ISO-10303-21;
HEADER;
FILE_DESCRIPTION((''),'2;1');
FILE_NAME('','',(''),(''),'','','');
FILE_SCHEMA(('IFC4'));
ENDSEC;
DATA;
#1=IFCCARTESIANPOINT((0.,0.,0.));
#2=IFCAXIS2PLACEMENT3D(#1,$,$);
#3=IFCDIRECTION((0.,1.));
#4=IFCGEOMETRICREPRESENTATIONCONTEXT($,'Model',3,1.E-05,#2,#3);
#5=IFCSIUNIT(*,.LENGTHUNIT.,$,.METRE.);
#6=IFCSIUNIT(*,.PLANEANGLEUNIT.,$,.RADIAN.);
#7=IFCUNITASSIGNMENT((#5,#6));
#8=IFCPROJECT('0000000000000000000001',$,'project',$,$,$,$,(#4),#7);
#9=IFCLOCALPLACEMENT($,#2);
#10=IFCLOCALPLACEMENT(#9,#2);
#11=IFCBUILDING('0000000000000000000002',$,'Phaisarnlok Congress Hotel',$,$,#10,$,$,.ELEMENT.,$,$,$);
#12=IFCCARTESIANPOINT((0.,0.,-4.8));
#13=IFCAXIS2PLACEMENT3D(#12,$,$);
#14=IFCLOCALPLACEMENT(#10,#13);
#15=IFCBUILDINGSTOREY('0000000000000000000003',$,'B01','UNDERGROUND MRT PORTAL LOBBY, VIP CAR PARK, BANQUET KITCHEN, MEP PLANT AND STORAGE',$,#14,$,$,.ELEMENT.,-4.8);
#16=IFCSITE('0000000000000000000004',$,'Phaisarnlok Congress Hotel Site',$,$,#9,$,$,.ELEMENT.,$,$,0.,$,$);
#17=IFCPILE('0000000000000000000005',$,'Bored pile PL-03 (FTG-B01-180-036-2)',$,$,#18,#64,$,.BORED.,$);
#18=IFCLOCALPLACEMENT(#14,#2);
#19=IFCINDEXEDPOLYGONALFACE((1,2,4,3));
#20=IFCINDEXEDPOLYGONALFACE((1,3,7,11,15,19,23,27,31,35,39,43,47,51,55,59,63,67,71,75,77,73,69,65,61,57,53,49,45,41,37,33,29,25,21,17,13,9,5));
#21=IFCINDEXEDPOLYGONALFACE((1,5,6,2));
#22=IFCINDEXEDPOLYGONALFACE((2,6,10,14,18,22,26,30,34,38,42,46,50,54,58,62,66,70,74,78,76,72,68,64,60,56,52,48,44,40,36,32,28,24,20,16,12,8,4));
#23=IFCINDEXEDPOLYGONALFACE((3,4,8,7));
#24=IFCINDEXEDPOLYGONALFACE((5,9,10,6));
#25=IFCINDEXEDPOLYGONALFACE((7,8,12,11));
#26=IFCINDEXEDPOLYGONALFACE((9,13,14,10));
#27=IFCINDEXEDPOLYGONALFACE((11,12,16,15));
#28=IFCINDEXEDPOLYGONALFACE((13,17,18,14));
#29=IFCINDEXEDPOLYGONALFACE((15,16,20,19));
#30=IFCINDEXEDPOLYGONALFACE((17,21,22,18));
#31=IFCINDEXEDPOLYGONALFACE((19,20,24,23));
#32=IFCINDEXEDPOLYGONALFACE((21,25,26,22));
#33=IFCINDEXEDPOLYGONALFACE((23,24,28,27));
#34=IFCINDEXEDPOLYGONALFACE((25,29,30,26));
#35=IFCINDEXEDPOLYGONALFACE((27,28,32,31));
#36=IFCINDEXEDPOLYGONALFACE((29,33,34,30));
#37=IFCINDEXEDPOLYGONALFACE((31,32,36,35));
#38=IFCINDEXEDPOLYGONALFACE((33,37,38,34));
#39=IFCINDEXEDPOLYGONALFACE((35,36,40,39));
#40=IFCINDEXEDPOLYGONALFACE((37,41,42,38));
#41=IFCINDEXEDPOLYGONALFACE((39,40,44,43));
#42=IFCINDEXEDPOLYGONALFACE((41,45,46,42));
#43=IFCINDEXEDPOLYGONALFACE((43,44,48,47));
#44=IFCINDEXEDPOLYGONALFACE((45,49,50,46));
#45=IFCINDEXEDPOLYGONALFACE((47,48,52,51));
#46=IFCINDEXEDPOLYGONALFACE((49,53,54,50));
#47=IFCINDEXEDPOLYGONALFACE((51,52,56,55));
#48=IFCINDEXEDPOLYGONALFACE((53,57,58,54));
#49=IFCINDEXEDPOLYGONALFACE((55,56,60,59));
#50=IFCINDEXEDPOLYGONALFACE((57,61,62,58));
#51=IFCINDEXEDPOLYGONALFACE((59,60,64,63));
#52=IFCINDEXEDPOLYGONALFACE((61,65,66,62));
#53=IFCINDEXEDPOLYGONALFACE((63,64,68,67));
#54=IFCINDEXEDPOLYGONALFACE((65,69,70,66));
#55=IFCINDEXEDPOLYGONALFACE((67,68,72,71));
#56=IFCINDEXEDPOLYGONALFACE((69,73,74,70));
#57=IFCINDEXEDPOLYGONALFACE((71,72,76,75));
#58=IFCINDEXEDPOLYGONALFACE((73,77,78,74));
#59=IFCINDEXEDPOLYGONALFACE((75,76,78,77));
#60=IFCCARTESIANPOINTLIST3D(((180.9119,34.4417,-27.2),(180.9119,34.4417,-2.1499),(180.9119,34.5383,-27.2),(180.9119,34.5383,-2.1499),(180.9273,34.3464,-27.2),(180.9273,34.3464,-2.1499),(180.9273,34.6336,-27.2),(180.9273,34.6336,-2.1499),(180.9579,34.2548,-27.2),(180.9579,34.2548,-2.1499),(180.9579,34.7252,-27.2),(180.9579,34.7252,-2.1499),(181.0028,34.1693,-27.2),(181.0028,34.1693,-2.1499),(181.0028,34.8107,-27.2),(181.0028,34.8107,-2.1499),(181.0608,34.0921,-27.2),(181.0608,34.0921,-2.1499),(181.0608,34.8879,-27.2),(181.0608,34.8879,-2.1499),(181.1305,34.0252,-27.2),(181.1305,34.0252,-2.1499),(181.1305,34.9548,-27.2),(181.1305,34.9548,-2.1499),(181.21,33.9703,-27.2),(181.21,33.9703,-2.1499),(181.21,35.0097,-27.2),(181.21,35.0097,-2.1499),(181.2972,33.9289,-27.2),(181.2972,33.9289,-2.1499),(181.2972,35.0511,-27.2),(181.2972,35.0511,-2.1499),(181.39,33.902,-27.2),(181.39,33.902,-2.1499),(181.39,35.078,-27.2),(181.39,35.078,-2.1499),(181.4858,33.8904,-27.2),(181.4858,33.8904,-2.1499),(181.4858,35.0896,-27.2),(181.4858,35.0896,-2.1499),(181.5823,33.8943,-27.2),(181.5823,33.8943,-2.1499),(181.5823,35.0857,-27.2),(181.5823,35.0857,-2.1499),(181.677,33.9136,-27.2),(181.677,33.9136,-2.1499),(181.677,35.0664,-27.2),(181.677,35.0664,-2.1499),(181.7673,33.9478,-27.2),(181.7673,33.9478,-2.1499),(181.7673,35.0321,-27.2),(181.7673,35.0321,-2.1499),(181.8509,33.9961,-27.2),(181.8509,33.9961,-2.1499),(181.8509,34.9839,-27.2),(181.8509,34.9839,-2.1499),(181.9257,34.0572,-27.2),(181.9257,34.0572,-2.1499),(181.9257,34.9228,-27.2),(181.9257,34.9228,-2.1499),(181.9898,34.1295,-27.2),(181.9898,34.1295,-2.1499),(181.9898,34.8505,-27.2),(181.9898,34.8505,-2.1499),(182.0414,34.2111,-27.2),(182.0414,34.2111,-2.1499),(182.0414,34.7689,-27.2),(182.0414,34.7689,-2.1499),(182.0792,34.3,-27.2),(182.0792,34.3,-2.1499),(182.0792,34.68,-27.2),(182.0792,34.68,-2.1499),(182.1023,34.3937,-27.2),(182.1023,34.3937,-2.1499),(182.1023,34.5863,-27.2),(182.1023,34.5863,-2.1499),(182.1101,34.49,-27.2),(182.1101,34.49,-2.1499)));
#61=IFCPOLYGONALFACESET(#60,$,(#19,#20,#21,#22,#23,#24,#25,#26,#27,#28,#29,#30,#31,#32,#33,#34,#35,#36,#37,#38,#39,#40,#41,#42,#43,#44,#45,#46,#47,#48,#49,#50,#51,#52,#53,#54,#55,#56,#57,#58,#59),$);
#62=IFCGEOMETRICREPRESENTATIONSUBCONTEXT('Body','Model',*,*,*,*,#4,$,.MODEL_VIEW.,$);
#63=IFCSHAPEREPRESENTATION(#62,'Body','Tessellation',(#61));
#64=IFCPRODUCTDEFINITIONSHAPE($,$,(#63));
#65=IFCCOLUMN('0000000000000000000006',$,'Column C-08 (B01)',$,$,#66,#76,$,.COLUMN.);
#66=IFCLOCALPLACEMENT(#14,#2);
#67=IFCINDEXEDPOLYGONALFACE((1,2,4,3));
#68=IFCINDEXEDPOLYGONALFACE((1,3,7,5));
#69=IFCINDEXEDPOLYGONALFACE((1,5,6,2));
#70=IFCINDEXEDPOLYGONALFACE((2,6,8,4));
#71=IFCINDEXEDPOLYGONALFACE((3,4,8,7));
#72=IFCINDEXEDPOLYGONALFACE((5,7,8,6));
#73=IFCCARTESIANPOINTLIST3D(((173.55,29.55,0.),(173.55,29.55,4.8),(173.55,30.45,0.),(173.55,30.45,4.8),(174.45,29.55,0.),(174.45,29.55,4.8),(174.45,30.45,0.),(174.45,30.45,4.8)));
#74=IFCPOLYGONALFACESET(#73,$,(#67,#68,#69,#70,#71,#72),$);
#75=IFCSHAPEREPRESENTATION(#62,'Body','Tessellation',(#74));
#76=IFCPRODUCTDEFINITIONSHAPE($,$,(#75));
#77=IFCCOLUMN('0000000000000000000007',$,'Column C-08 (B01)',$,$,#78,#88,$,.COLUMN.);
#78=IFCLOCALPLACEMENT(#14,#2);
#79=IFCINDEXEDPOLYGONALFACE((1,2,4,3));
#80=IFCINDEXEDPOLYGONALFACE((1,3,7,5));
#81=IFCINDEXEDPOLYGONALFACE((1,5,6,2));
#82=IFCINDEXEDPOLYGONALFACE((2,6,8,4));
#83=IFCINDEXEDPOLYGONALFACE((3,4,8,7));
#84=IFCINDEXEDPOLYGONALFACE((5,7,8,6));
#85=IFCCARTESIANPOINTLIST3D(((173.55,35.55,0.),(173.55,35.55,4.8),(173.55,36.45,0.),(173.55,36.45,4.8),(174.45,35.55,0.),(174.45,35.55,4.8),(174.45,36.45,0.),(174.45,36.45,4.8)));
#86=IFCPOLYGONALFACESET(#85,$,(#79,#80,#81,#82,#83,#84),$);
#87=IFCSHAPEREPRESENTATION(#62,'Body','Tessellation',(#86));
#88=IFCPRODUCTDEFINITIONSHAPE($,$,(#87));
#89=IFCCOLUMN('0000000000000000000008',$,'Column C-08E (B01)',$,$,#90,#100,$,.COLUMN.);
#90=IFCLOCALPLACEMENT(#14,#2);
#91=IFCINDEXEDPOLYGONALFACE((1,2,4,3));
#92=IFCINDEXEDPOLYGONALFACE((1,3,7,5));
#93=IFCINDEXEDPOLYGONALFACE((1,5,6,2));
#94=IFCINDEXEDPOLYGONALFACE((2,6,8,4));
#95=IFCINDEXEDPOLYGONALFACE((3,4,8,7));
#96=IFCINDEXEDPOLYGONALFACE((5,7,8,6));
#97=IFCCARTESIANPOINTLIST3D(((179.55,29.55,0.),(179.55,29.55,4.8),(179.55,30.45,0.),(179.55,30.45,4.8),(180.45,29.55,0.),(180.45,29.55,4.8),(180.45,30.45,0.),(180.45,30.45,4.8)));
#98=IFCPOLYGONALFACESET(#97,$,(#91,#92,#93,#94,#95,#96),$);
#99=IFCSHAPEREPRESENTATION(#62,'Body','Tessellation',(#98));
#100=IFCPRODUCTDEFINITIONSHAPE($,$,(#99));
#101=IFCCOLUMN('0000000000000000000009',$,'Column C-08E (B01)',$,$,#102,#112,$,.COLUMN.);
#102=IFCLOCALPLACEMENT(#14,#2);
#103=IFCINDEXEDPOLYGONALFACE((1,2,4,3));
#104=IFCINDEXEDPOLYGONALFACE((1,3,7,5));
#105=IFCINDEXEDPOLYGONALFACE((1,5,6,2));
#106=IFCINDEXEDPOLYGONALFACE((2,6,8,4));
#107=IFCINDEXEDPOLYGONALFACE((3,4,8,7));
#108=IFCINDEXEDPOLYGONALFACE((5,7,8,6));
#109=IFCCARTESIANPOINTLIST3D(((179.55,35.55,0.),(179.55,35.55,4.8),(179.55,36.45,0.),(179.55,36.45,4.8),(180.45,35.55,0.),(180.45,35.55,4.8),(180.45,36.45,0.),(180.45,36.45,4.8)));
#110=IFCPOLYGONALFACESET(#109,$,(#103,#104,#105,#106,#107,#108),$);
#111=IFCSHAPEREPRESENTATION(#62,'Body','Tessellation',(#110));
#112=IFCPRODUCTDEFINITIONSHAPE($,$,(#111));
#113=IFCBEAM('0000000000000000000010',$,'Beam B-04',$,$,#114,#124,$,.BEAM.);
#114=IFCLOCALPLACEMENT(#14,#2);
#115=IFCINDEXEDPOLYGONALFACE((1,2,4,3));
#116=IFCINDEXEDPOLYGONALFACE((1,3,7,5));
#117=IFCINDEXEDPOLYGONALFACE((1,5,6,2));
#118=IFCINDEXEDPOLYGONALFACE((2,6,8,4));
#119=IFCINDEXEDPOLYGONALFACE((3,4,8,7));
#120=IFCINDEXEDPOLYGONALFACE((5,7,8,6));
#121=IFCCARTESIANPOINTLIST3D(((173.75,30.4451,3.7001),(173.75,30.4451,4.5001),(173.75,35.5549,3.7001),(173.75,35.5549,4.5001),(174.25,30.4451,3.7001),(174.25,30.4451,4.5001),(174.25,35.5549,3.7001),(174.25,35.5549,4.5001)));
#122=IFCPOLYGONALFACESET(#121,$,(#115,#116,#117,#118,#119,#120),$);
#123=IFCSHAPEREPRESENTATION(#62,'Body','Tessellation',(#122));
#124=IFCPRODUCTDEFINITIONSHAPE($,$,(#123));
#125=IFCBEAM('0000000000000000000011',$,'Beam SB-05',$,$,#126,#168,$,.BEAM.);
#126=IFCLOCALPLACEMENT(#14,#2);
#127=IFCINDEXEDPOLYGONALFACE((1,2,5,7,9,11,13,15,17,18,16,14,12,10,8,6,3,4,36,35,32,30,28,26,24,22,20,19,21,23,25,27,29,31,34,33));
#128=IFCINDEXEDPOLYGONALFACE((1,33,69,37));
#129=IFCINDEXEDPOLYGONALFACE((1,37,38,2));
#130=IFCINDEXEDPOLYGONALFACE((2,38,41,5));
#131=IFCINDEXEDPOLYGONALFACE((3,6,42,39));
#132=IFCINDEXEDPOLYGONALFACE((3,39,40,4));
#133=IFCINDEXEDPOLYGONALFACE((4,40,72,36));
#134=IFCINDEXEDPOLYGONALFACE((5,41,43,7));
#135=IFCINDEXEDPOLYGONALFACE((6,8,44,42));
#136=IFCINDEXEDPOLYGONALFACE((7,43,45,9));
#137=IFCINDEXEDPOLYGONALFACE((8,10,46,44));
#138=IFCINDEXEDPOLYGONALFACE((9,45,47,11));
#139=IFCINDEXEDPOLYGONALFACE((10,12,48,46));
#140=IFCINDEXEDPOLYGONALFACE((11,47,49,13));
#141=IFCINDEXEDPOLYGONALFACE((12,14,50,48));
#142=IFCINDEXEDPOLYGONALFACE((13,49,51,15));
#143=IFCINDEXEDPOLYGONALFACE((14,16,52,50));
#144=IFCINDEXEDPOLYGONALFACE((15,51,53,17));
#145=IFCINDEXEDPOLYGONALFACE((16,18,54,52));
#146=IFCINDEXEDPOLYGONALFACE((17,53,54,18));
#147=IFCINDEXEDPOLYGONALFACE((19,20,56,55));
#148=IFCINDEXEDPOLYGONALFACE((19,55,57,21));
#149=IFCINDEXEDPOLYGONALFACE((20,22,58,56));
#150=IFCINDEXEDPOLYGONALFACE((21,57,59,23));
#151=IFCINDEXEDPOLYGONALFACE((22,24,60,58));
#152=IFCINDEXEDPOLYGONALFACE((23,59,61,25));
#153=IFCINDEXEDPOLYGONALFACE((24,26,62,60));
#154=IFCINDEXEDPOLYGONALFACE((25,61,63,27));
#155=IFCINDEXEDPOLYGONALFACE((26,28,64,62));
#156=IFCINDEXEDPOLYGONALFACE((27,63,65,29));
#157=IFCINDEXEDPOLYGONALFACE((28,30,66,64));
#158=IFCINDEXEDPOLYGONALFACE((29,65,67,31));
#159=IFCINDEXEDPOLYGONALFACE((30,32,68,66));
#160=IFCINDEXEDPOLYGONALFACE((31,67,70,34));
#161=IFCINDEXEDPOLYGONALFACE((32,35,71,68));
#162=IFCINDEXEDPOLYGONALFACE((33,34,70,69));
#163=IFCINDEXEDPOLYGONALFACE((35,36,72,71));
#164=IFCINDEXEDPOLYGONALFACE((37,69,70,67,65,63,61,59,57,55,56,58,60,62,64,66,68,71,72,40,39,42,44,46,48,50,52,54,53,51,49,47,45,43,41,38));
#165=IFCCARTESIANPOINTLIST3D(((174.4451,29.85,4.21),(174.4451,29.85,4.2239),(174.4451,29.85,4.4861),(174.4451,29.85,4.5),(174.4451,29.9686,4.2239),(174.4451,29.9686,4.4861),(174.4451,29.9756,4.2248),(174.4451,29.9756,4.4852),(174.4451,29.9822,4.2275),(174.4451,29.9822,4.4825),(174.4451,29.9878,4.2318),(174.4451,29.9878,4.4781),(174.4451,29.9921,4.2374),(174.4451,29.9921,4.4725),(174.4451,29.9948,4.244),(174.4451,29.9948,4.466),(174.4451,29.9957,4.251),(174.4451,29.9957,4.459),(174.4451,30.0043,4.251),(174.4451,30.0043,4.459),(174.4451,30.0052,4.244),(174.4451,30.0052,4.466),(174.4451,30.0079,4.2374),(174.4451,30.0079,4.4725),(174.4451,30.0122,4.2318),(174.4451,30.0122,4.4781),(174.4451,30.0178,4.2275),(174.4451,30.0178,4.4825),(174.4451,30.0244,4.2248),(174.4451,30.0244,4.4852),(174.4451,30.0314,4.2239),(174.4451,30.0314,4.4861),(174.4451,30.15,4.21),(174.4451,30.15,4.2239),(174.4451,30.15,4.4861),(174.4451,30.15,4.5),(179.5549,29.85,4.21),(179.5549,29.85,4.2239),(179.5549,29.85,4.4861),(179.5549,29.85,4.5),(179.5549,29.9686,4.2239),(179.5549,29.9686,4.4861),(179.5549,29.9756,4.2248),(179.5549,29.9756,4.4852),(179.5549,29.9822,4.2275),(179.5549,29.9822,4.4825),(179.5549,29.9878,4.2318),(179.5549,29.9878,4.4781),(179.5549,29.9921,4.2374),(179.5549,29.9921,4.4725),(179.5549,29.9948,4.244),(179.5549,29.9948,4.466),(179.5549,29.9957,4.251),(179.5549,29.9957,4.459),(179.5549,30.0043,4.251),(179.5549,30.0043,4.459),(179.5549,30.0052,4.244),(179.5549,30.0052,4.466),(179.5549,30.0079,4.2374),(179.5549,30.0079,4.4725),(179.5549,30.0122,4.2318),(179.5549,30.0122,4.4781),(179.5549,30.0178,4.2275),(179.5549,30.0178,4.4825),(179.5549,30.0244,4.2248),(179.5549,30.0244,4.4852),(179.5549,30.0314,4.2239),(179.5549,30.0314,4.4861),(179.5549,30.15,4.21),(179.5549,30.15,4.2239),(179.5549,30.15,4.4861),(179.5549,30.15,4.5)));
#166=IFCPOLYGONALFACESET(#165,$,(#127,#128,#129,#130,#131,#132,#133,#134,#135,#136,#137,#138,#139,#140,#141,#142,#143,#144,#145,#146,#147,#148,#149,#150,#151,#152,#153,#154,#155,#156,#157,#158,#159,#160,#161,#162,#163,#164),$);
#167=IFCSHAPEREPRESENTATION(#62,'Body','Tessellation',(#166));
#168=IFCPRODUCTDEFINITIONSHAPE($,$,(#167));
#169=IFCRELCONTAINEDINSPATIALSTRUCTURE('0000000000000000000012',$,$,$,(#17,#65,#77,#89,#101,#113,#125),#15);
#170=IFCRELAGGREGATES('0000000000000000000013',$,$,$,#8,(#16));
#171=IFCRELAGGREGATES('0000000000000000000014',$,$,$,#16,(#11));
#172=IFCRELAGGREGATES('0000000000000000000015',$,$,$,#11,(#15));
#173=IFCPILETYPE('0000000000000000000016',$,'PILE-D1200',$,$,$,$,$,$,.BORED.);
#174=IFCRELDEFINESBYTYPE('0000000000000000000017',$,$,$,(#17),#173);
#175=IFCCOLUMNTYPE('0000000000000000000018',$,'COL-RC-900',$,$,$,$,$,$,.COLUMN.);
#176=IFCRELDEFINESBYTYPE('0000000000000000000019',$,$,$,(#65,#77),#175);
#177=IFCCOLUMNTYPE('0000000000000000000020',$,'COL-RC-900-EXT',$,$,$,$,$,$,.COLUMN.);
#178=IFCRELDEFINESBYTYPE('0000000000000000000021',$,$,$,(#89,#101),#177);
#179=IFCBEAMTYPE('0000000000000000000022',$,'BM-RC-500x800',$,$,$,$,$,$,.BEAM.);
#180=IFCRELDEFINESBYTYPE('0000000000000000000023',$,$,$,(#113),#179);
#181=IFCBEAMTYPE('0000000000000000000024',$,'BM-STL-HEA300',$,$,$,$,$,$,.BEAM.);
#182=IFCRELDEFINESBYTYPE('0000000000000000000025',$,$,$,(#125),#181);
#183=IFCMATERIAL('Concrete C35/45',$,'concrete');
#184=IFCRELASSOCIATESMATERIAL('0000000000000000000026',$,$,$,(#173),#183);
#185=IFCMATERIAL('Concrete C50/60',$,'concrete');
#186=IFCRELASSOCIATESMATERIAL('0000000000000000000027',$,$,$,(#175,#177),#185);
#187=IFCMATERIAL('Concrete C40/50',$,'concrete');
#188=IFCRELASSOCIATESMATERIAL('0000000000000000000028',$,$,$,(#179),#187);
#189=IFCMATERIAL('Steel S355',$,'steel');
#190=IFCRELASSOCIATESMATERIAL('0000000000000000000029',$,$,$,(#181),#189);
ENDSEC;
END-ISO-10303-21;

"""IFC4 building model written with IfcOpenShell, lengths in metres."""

from ifc_helpers import new_model, si_unit, direction, frame, origin, origin_2d, place, context, subcontext, project, spatial, rectangle, circle, i_section, extrude, material, material_profile, profile_set, type_object, element, save


model = new_model("IFC4")

# Units and contexts
model_context = context("Model", 3, precision=1e-05, world=origin(), true_north=direction((0.0, 1.0)))
body_context = subcontext(model_context, "Body", "Model", "MODEL_VIEW")
ifc_project = project(units=[si_unit("LENGTHUNIT", "METRE"), si_unit("PLANEANGLEUNIT", "RADIAN")], contexts=[model_context])

# Site, building, storey
site_placement = place(None, origin())
site = spatial("IfcSite", under=ifc_project, at=site_placement, Name="Phaisarnlok Congress Hotel Site", CompositionType="ELEMENT", RefElevation=0.0)
building_placement = place(site_placement, origin())
building = spatial("IfcBuilding", under=site, at=building_placement, Name="Phaisarnlok Congress Hotel", CompositionType="ELEMENT")
storey_placement = place(building_placement, frame((0.0, 0.0, -4.8)))
storey = spatial("IfcBuildingStorey", under=building, at=storey_placement, Name="B01", Description="UNDERGROUND MRT PORTAL LOBBY, VIP CAR PARK, BANQUET KITCHEN, MEP PLANT AND STORAGE", CompositionType="ELEMENT", Elevation=-4.8)

# Shared definitions
ifc_material_1 = material(Name="Concrete C40/50", Category="concrete")

# Pile
ifc_material_2 = material(Name="Concrete C35/45", Category="concrete")
ifc_material_profile_1 = material_profile(ifc_material_2, circle(Radius=0.6001, at=origin_2d()), Name="BORED PILE D1200")
ifc_profile_set_1 = profile_set([ifc_material_profile_1], Name="Concrete C35/45")
pile_type_1 = type_object("IfcPileType", Name="PILE-D1200", PredefinedType="BORED", material=ifc_profile_set_1)
for number, where, z_axis, x_axis, name in (
    (1, (181.51, 34.49, -2.1499), (0.0, 0.0, -1.0), (1.0, 0.0, 0.0), "Bored pile PL-03 (FTG-B01-180-036-2)"),
):
    element("IfcPile", number, at=place(storey_placement, frame(where, z_axis=z_axis, x_axis=x_axis)), inside=storey, type_object=pile_type_1, Name=name, PredefinedType="BORED", context=body_context, shape_type="SweptSolid", body=[
        extrude(circle(Radius=0.6001, at=origin_2d()), origin(), (0.0, 0.0, 1.0), 25.05),
    ])

# Columns
ifc_material_3 = material(Name="Concrete C50/60", Category="concrete")
ifc_material_profile_2 = material_profile(ifc_material_3, rectangle(XDim=0.8999, YDim=0.8999, at=origin_2d()), Name="RC 900x900")
ifc_profile_set_2 = profile_set([ifc_material_profile_2], Name="Concrete C50/60")
column_type_1 = type_object("IfcColumnType", Name="COL-RC-900", PredefinedType="COLUMN", material=ifc_profile_set_2)
for number, where, z_axis, x_axis, name in (
    (2, (174.0, 30.0, 0.0), (0.0, 0.0, 1.0), (1.0, 0.0, 0.0), "Column C-08 (B01)"),
    (3, (174.0, 36.0, 0.0), (0.0, 0.0, 1.0), (1.0, 0.0, 0.0), "Column C-08 (B01)"),
):
    element("IfcColumn", number, at=place(storey_placement, frame(where, z_axis=z_axis, x_axis=x_axis)), inside=storey, type_object=column_type_1, Name=name, PredefinedType="COLUMN", context=body_context, shape_type="SweptSolid", body=[
        extrude(rectangle(XDim=0.8999, YDim=0.8999, at=origin_2d()), origin(), (0.0, 0.0, 1.0), 4.8),
    ])
ifc_material_profile_3 = material_profile(ifc_material_3, rectangle(XDim=0.8999, YDim=0.8999, at=origin_2d()), Name="RC 900x900")
ifc_profile_set_3 = profile_set([ifc_material_profile_3], Name="Concrete C50/60")
column_type_2 = type_object("IfcColumnType", Name="COL-RC-900-EXT", PredefinedType="COLUMN", material=ifc_profile_set_3)
for number, where, z_axis, x_axis, name in (
    (4, (180.0, 30.0, 0.0), (0.0, 0.0, 1.0), (1.0, 0.0, 0.0), "Column C-08E (B01)"),
    (5, (180.0, 36.0, 0.0), (0.0, 0.0, 1.0), (1.0, 0.0, 0.0), "Column C-08E (B01)"),
):
    element("IfcColumn", number, at=place(storey_placement, frame(where, z_axis=z_axis, x_axis=x_axis)), inside=storey, type_object=column_type_2, Name=name, PredefinedType="COLUMN", context=body_context, shape_type="SweptSolid", body=[
        extrude(rectangle(XDim=0.8999, YDim=0.8999, at=origin_2d()), origin(), (0.0, 0.0, 1.0), 4.8),
    ])

# Beams
ifc_material_profile_4 = material_profile(ifc_material_1, rectangle(XDim=0.5, YDim=0.8, at=origin_2d()), Name="RC 500x800")
ifc_profile_set_4 = profile_set([ifc_material_profile_4], Name="Concrete C40/50")
beam_type_1 = type_object("IfcBeamType", Name="BM-RC-500x800", PredefinedType="BEAM", material=ifc_profile_set_4)
beam_1_placement = place(storey_placement, frame((174.0, 30.4451, 4.1001), z_axis=(0.0, 1.0, 0.0), x_axis=(-1.0, 0.0, 0.0)))
element("IfcBeam", 6, at=beam_1_placement, inside=storey, type_object=beam_type_1, Name="Beam B-04", PredefinedType="BEAM", context=body_context, shape_type="SweptSolid", body=[
    extrude(rectangle(XDim=0.5, YDim=0.8, at=origin_2d()), origin(), (0.0, 0.0, 1.0), 5.1099),
])
ifc_material_4 = material(Name="Steel S355", Category="steel")
ifc_material_profile_5 = material_profile(ifc_material_4, i_section(OverallWidth=0.3, OverallDepth=0.29, WebThickness=0.0085, FlangeThickness=0.0139, FilletRadius=0.0271, at=origin_2d()), Name="HEA 300")
ifc_profile_set_5 = profile_set([ifc_material_profile_5], Name="Steel S355")
beam_type_2 = type_object("IfcBeamType", Name="BM-STL-HEA300", PredefinedType="BEAM", material=ifc_profile_set_5)
for number, where, z_axis, x_axis, name in (
    (7, (174.4451, 30.0, 4.355), (1.0, 0.0, 0.0), (0.0, 1.0, 0.0), "Beam SB-05"),
):
    element("IfcBeam", number, at=place(storey_placement, frame(where, z_axis=z_axis, x_axis=x_axis)), inside=storey, type_object=beam_type_2, Name=name, PredefinedType="BEAM", context=body_context, shape_type="SweptSolid", body=[
        extrude(i_section(OverallWidth=0.3, OverallDepth=0.29, WebThickness=0.0085, FlangeThickness=0.0139, FilletRadius=0.0271, at=origin_2d()), origin(), (0.0, 0.0, 1.0), 5.1099),
    ])

save(model, "model.ifc")
